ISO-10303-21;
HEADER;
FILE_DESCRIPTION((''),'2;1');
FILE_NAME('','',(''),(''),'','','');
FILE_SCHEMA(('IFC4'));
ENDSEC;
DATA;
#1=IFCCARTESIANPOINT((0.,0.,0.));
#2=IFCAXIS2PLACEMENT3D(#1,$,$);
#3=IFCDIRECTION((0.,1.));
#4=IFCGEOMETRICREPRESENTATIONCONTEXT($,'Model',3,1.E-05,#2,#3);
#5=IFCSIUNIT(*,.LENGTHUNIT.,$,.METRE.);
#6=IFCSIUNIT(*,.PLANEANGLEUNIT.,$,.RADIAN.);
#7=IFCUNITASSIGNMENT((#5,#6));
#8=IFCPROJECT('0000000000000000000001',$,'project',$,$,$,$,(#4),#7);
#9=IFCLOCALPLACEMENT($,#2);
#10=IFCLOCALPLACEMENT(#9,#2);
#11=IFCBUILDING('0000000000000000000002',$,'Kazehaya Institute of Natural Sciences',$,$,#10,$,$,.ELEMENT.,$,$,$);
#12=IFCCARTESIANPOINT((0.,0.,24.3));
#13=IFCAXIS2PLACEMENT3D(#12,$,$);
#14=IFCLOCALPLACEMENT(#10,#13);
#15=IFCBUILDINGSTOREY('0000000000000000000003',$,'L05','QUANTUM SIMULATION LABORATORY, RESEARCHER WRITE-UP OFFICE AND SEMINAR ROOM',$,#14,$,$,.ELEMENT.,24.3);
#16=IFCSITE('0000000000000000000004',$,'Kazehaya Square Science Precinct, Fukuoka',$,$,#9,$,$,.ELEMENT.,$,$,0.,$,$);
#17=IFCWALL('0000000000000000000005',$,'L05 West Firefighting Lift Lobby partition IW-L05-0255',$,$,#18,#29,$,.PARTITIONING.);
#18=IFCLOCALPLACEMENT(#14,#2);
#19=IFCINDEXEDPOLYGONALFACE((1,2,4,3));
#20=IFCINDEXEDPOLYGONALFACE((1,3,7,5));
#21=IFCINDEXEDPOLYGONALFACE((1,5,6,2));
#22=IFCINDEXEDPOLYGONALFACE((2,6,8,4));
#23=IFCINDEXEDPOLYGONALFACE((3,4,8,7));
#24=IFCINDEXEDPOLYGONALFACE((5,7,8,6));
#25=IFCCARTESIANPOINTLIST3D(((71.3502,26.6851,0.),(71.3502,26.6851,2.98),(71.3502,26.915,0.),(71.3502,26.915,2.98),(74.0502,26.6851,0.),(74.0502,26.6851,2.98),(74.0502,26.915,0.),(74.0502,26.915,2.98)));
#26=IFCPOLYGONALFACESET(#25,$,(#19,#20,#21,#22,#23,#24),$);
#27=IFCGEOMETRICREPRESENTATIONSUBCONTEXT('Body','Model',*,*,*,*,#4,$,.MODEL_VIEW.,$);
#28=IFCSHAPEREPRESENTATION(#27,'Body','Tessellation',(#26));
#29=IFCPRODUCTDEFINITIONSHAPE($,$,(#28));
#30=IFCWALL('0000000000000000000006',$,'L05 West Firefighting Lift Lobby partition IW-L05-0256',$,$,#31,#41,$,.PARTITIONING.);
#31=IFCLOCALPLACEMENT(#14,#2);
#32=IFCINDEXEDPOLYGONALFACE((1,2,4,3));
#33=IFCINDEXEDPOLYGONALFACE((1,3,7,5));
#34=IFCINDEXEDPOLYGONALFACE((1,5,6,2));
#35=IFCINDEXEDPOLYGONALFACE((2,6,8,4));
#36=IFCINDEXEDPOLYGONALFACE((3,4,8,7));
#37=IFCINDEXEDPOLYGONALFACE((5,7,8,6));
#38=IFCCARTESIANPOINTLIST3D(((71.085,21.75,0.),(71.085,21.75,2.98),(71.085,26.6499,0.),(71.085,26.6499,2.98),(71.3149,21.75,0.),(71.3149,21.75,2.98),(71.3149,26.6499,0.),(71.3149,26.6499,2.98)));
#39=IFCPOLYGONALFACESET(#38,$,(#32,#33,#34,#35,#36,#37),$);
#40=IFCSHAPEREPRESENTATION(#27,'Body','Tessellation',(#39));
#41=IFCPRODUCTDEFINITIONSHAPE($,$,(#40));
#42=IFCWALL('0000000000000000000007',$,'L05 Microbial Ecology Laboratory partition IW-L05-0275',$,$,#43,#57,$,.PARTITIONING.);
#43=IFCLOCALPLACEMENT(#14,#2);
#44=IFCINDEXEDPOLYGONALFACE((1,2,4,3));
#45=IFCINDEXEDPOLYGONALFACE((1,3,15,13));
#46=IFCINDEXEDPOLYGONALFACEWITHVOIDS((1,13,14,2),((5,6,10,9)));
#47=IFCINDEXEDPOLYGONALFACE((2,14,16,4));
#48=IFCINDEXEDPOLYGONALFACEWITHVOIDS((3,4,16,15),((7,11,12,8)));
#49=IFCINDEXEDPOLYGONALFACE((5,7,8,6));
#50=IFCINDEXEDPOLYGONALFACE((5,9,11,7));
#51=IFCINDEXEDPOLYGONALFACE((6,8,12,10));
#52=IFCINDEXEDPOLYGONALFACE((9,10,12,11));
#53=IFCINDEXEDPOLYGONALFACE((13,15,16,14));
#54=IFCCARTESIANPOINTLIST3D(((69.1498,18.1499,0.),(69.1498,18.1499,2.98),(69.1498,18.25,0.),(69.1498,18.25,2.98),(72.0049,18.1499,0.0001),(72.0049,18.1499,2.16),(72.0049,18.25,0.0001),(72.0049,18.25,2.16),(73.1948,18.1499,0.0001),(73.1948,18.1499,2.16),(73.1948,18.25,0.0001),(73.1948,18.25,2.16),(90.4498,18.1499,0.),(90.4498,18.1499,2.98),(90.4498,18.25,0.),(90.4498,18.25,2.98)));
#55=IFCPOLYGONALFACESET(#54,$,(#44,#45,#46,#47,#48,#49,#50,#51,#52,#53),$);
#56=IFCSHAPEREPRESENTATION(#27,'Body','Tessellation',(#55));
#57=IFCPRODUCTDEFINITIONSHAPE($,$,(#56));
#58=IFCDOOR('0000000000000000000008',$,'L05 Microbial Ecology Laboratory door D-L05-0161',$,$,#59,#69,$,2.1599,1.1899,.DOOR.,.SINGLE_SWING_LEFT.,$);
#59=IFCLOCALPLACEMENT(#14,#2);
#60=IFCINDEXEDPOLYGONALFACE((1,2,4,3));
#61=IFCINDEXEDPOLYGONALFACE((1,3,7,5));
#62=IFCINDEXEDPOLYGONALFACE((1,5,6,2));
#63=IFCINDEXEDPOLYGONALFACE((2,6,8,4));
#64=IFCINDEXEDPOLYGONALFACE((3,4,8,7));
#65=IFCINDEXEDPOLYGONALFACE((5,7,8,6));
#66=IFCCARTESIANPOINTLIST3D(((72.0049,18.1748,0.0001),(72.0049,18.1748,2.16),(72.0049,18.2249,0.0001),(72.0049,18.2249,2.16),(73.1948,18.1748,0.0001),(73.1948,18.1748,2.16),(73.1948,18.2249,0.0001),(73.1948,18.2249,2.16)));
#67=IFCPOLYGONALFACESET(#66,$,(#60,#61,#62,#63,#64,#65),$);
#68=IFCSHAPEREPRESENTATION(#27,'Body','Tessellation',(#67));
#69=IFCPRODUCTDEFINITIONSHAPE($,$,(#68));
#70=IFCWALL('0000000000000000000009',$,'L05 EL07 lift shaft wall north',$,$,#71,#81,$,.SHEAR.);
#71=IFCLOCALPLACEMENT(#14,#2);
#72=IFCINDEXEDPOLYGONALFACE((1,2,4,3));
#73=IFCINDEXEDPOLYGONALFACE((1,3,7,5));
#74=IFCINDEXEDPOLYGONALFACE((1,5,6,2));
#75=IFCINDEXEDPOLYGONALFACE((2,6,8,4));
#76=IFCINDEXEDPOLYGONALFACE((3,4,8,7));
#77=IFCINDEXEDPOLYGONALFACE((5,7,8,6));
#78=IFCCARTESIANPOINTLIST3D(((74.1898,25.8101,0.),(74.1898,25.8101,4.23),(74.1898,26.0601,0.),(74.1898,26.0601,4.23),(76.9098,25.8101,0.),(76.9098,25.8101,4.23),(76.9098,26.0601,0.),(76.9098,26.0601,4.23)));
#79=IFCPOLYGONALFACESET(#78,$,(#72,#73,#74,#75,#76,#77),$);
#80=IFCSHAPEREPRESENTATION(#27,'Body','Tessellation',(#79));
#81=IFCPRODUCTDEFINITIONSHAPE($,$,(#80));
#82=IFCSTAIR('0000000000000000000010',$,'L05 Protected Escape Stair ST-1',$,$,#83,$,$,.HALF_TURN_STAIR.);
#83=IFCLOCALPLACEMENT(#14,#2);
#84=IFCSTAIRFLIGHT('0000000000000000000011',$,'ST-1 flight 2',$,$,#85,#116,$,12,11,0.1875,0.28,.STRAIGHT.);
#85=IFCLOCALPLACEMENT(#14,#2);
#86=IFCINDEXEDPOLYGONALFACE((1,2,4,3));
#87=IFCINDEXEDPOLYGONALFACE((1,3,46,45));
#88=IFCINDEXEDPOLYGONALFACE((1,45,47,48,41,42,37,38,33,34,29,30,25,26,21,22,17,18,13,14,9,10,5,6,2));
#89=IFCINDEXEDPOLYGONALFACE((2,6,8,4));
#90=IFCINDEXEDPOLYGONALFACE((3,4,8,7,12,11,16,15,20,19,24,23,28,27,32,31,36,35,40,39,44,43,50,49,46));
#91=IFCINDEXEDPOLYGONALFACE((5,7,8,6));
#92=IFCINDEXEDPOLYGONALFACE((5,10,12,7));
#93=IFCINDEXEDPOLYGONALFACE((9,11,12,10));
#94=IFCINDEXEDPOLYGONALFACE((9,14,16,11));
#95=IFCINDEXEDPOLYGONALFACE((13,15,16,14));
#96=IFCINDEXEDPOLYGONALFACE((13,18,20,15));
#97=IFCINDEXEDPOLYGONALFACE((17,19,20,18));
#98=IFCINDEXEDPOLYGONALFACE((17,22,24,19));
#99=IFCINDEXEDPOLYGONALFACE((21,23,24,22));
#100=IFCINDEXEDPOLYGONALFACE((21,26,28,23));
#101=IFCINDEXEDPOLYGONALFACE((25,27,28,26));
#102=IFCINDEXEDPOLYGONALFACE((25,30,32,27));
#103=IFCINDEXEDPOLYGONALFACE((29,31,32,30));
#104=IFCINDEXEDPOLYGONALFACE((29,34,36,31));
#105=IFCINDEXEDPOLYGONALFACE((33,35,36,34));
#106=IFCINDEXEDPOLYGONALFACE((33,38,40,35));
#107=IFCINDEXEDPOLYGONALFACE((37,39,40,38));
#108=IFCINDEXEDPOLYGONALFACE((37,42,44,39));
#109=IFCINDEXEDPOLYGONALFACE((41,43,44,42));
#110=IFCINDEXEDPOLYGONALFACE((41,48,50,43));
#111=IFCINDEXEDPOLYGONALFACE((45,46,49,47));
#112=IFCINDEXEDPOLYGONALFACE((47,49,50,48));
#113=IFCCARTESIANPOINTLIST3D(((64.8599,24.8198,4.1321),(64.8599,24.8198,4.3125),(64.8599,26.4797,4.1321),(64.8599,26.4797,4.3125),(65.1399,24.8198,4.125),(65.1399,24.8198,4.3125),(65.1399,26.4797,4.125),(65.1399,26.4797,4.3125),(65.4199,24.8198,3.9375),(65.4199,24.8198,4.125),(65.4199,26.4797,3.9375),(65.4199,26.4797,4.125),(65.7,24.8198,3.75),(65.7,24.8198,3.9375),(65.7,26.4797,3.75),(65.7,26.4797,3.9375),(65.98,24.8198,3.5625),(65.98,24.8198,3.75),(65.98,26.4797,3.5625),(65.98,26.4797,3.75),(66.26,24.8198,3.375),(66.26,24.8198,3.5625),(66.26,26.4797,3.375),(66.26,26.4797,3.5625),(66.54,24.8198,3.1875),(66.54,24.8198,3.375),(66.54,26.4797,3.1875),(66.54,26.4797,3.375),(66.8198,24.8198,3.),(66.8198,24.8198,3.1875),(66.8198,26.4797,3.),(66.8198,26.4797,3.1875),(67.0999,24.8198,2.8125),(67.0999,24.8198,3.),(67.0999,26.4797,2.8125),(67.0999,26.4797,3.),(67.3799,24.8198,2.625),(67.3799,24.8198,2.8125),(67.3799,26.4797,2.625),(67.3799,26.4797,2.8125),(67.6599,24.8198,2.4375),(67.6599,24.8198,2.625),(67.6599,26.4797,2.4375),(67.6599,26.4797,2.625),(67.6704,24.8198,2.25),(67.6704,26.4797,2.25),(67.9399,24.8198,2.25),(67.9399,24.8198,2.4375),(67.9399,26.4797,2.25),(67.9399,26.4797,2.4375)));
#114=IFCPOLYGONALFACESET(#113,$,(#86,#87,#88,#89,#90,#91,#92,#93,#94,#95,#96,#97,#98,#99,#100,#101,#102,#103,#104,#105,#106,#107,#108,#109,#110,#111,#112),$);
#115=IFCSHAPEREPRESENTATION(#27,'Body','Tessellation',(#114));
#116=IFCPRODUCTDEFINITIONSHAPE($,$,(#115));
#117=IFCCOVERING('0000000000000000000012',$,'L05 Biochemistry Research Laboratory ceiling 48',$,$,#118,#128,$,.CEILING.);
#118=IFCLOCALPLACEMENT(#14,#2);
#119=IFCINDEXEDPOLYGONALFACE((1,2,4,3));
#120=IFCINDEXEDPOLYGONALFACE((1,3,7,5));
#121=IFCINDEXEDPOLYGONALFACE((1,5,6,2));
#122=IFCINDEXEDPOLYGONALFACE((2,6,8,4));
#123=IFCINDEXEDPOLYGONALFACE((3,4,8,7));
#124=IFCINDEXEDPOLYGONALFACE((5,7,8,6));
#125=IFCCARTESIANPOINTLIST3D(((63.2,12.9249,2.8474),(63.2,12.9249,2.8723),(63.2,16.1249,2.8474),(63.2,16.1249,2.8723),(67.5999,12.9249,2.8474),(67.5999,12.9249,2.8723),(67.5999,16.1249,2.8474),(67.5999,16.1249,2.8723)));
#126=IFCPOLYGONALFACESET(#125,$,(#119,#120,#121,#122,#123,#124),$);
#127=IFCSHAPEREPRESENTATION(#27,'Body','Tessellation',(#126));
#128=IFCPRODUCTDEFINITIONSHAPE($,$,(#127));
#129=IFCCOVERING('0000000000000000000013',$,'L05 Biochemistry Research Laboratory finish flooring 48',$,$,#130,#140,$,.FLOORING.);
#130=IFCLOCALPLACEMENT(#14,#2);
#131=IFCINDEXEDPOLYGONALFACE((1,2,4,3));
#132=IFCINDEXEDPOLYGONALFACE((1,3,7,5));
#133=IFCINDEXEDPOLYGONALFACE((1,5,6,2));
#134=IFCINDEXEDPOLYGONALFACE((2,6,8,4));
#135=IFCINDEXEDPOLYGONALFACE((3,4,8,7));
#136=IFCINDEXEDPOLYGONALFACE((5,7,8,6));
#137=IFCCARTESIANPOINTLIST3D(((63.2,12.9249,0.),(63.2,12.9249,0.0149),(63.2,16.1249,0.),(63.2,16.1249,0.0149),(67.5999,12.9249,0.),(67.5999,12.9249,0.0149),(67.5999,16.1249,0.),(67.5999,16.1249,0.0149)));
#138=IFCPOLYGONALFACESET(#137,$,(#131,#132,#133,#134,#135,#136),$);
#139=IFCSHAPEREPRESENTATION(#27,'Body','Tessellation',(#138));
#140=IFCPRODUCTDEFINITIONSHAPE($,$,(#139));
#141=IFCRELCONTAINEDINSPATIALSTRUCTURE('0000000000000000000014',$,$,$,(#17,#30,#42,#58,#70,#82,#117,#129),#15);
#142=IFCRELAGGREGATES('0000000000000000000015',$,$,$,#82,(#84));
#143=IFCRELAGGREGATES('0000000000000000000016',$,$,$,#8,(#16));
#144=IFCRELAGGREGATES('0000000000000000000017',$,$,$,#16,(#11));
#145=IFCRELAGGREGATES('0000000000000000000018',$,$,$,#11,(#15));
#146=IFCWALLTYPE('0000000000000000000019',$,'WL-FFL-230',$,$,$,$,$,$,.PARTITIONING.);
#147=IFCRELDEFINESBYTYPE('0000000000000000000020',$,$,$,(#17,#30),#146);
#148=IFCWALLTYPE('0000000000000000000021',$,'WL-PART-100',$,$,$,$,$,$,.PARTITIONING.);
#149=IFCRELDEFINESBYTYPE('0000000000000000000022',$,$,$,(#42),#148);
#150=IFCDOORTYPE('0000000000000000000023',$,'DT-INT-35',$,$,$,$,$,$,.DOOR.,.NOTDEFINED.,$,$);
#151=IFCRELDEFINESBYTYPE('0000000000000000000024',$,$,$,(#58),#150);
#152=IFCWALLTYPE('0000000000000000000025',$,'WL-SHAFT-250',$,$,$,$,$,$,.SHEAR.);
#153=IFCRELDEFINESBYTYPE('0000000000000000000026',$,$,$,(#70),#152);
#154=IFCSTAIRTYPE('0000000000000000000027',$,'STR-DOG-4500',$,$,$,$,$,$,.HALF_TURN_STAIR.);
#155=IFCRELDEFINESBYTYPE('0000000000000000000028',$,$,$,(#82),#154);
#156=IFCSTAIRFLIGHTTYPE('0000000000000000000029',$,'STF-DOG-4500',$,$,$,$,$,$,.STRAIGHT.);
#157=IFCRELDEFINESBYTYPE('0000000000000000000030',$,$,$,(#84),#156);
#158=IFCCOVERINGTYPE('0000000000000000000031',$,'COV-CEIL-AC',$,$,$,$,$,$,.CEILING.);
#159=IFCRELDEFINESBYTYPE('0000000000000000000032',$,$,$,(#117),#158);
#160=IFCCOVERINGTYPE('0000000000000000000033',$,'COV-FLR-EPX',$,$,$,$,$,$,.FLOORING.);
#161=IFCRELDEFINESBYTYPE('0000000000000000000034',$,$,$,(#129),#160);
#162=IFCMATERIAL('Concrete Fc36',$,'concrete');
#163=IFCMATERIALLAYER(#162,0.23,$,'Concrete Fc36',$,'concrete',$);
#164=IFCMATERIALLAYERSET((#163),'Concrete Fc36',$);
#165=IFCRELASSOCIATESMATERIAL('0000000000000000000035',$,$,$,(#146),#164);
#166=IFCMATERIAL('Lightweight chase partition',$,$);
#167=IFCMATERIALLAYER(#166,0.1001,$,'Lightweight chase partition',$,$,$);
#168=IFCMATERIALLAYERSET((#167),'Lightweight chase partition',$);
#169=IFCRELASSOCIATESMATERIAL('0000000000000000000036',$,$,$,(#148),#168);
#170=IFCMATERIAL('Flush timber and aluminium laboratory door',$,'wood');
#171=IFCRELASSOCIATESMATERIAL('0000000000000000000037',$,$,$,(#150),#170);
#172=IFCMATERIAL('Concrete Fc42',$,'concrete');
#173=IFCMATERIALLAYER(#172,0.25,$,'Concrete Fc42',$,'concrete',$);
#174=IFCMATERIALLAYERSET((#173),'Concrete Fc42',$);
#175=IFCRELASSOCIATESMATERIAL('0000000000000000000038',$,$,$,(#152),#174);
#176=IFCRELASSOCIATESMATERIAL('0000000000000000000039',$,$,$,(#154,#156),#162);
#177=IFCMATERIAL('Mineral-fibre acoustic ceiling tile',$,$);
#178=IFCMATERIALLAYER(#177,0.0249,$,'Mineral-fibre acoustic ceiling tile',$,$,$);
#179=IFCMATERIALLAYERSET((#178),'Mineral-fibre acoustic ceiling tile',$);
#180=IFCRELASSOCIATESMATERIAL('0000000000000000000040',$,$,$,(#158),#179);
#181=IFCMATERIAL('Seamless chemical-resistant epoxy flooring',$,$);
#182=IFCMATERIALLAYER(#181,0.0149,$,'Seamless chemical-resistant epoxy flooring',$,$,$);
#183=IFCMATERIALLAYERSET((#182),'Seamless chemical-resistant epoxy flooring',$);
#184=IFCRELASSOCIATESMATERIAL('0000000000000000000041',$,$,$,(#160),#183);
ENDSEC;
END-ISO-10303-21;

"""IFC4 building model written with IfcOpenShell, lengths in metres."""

from ifc_helpers import new_model, si_unit, direction, frame, frame_2d, origin, origin_2d, place, context, subcontext, project, spatial, polyline, rectangle, outline, extrude, material, layer, layer_set, type_object, element, fill, aggregate, save


model = new_model("IFC4")

# Units and contexts
model_context = context("Model", 3, precision=1e-05, world=origin(), true_north=direction((0.0, 1.0)))
body_context = subcontext(model_context, "Body", "Model", "MODEL_VIEW")
ifc_project = project(units=[si_unit("LENGTHUNIT", "METRE"), si_unit("PLANEANGLEUNIT", "RADIAN")], contexts=[model_context])

# Site, building, storey
site_placement = place(None, origin())
site = spatial("IfcSite", under=ifc_project, at=site_placement, Name="Kazehaya Square Science Precinct, Fukuoka", CompositionType="ELEMENT", RefElevation=0.0)
building_placement = place(site_placement, origin())
building = spatial("IfcBuilding", under=site, at=building_placement, Name="Kazehaya Institute of Natural Sciences", CompositionType="ELEMENT")
storey_placement = place(building_placement, frame((0.0, 0.0, 24.3)))
storey = spatial("IfcBuildingStorey", under=building, at=storey_placement, Name="L05", Description="QUANTUM SIMULATION LABORATORY, RESEARCHER WRITE-UP OFFICE AND SEMINAR ROOM", CompositionType="ELEMENT", Elevation=24.3)

# Shared definitions
ifc_material_1 = material(Name="Concrete Fc42", Category="concrete")

# Shared definitions
ifc_material_2 = material(Name="Concrete Fc36", Category="concrete")

# Shared definitions
ifc_layer_1 = layer(ifc_material_2, 0.23, Name="Concrete Fc36", Category="concrete")
ifc_layer_set_1 = layer_set([ifc_layer_1], Name="Concrete Fc36")
wall_type_1 = type_object("IfcWallType", Name="WL-FFL-230", PredefinedType="PARTITIONING", material=ifc_layer_set_1)

# Walls
wall_1_placement = place(storey_placement, frame((71.3501, 26.8, 0.0), z_axis=(0.0, 0.0, 1.0), x_axis=(1.0, 0.0, 0.0)))
element("IfcWall", 1, at=wall_1_placement, inside=storey, type_object=wall_type_1, Name="L05 West Firefighting Lift Lobby partition IW-L05-0255", PredefinedType="PARTITIONING", context=body_context, shape_type="SweptSolid", body=[
    extrude(rectangle(XDim=2.7, YDim=0.23, at=frame_2d((1.3501, 0.0))), origin(), (0.0, 0.0, 1.0), 2.98),
])
wall_2_placement = place(storey_placement, frame((71.2, 21.75, 0.0), z_axis=(0.0, 0.0, 1.0), x_axis=(0.0, 1.0, 0.0)))
element("IfcWall", 2, at=wall_2_placement, inside=storey, type_object=wall_type_1, Name="L05 West Firefighting Lift Lobby partition IW-L05-0256", PredefinedType="PARTITIONING", context=body_context, shape_type="SweptSolid", body=[
    extrude(rectangle(XDim=4.8999, YDim=0.23, at=frame_2d((2.45, 0.0))), origin(), (0.0, 0.0, 1.0), 2.98),
])

# Wall, opening, door
ifc_material_3 = material(Name="Lightweight chase partition")
ifc_layer_2 = layer(ifc_material_3, 0.1001, Name="Lightweight chase partition")
ifc_layer_set_2 = layer_set([ifc_layer_2], Name="Lightweight chase partition")
wall_type_2 = type_object("IfcWallType", Name="WL-PART-100", PredefinedType="PARTITIONING", material=ifc_layer_set_2)
wall_3_placement = place(storey_placement, frame((69.1499, 18.2, 0.0), z_axis=(0.0, 0.0, 1.0), x_axis=(1.0, 0.0, 0.0)))
wall_3 = element("IfcWall", 3, at=wall_3_placement, inside=storey, type_object=wall_type_2, Name="L05 Microbial Ecology Laboratory partition IW-L05-0275", PredefinedType="PARTITIONING", context=body_context, shape_type="SweptSolid", body=[
    extrude(rectangle(XDim=21.3, YDim=0.1001, at=frame_2d((10.6499, 0.0))), origin(), (0.0, 0.0, 1.0), 2.98),
])
opening_1_placement = place(wall_3_placement, frame((2.855, 0.0, 0.0)))
opening_1 = element("IfcOpeningElement", 4, at=opening_1_placement, cuts=wall_3, PredefinedType="OPENING", context=body_context, shape_type="SweptSolid", body=[
    extrude(rectangle(XDim=1.1899, YDim=2.1599, at=frame_2d((0.595, 1.0801))), frame((0.0, 0.0601, 0.0), z_axis=(0.0, -1.0, 0.0), x_axis=(1.0, 0.0, 0.0)), (0.0, 0.0, 1.0), 0.1201),
])
ifc_material_4 = material(Name="Flush timber and aluminium laboratory door", Category="wood")
door_type_1 = type_object("IfcDoorType", Name="DT-INT-35", OperationType="NOTDEFINED", PredefinedType="DOOR", material=ifc_material_4)
door_1_placement = place(opening_1_placement, origin())
door_1 = element("IfcDoor", 5, at=door_1_placement, inside=storey, type_object=door_type_1, Name="L05 Microbial Ecology Laboratory door D-L05-0161", OperationType="SINGLE_SWING_LEFT", OverallHeight=2.1599, OverallWidth=1.1899, PredefinedType="DOOR", context=body_context, shape_type="SweptSolid", body=[
    extrude(rectangle(XDim=1.1899, YDim=2.1599, at=frame_2d((0.595, 1.0801))), frame((0.0, 0.0249, 0.0), z_axis=(0.0, -1.0, 0.0), x_axis=(1.0, 0.0, 0.0)), (0.0, 0.0, 1.0), 0.05),
])
fill(opening_1, door_1)

# Wall
ifc_layer_3 = layer(ifc_material_1, 0.25, Name="Concrete Fc42", Category="concrete")
ifc_layer_set_3 = layer_set([ifc_layer_3], Name="Concrete Fc42")
wall_type_3 = type_object("IfcWallType", Name="WL-SHAFT-250", PredefinedType="SHEAR", material=ifc_layer_set_3)
wall_4_placement = place(storey_placement, frame((74.1899, 25.9351, 0.0), z_axis=(0.0, 0.0, 1.0), x_axis=(1.0, 0.0, 0.0)))
element("IfcWall", 6, at=wall_4_placement, inside=storey, type_object=wall_type_3, Name="L05 EL07 lift shaft wall north", PredefinedType="SHEAR", context=body_context, shape_type="SweptSolid", body=[
    extrude(rectangle(XDim=2.72, YDim=0.25, at=frame_2d((1.3599, 0.0))), origin(), (0.0, 0.0, 1.0), 4.23),
])

# Stair, stair flight
stair_type = type_object("IfcStairType", Name="STR-DOG-4500", PredefinedType="HALF_TURN_STAIR", material=ifc_material_2)
stair_placement = place(storey_placement, origin())
stair = element("IfcStair", 7, at=stair_placement, inside=storey, type_object=stair_type, Name="L05 Protected Escape Stair ST-1", PredefinedType="HALF_TURN_STAIR")
stair_flight_type = type_object("IfcStairFlightType", Name="STF-DOG-4500", PredefinedType="STRAIGHT", material=ifc_material_2)
stair_flight_placement = place(storey_placement, frame((67.9399, 25.6499, 2.25), z_axis=(0.0, 0.0, 1.0), x_axis=(-1.0, 0.0, 0.0)))
stair_flight = element("IfcStairFlight", 8, at=stair_flight_placement, type_object=stair_flight_type, Name="ST-1 flight 2", NumberOfRisers=12, NumberOfTreads=11, PredefinedType="STRAIGHT", RiserHeight=0.1875, TreadLength=0.28, context=body_context, shape_type="SweptSolid", body=[
    extrude(outline(polyline([(0.0, 0.0), (0.0, 0.1875), (0.28, 0.1875), (0.28, 0.375), (0.5601, 0.375), (0.5601, 0.5625), (0.8401, 0.5625), (0.8401, 0.75), (1.1201, 0.75), (1.1201, 0.9375), (1.3999, 0.9375), (1.3999, 1.125), (1.6799, 1.125), (1.6799, 1.3125), (1.96, 1.3125), (1.96, 1.5), (2.24, 1.5), (2.24, 1.6875), (2.52, 1.6875), (2.52, 1.875), (2.8, 1.875), (2.8, 2.0625), (3.0801, 2.0625), (3.0801, 2.25), (3.0801, 1.8821), (0.2695, 0.0), (0.0, 0.0)])), frame((0.0, 0.8301, 0.0), z_axis=(0.0, -1.0, 0.0), x_axis=(1.0, 0.0, 0.0)), (0.0, 0.0, 1.0), 1.6599),
])
aggregate(stair, [stair_flight])

# Coverings
ifc_material_5 = material(Name="Mineral-fibre acoustic ceiling tile")
ifc_layer_4 = layer(ifc_material_5, 0.0249, Name="Mineral-fibre acoustic ceiling tile")
ifc_layer_set_4 = layer_set([ifc_layer_4], Name="Mineral-fibre acoustic ceiling tile")
covering_type_1 = type_object("IfcCoveringType", Name="COV-CEIL-AC", PredefinedType="CEILING", material=ifc_layer_set_4)
covering_1_placement = place(storey_placement, frame((65.3999, 14.5249, 2.8474), z_axis=(0.0, 0.0, 1.0), x_axis=(1.0, 0.0, 0.0)))
element("IfcCovering", 9, at=covering_1_placement, inside=storey, type_object=covering_type_1, Name="L05 Biochemistry Research Laboratory ceiling 48", PredefinedType="CEILING", context=body_context, shape_type="SweptSolid", body=[
    extrude(rectangle(XDim=4.3999, YDim=3.2, at=origin_2d()), origin(), (0.0, 0.0, 1.0), 0.0249),
])
ifc_material_6 = material(Name="Seamless chemical-resistant epoxy flooring")
ifc_layer_5 = layer(ifc_material_6, 0.0149, Name="Seamless chemical-resistant epoxy flooring")
ifc_layer_set_5 = layer_set([ifc_layer_5], Name="Seamless chemical-resistant epoxy flooring")
covering_type_2 = type_object("IfcCoveringType", Name="COV-FLR-EPX", PredefinedType="FLOORING", material=ifc_layer_set_5)
covering_2_placement = place(storey_placement, frame((65.3999, 14.5249, 0.0), z_axis=(0.0, 0.0, 1.0), x_axis=(1.0, 0.0, 0.0)))
element("IfcCovering", 10, at=covering_2_placement, inside=storey, type_object=covering_type_2, Name="L05 Biochemistry Research Laboratory finish flooring 48", PredefinedType="FLOORING", context=body_context, shape_type="SweptSolid", body=[
    extrude(rectangle(XDim=4.3999, YDim=3.2, at=origin_2d()), origin(), (0.0, 0.0, 1.0), 0.0149),
])

save(model, "model.ifc")
